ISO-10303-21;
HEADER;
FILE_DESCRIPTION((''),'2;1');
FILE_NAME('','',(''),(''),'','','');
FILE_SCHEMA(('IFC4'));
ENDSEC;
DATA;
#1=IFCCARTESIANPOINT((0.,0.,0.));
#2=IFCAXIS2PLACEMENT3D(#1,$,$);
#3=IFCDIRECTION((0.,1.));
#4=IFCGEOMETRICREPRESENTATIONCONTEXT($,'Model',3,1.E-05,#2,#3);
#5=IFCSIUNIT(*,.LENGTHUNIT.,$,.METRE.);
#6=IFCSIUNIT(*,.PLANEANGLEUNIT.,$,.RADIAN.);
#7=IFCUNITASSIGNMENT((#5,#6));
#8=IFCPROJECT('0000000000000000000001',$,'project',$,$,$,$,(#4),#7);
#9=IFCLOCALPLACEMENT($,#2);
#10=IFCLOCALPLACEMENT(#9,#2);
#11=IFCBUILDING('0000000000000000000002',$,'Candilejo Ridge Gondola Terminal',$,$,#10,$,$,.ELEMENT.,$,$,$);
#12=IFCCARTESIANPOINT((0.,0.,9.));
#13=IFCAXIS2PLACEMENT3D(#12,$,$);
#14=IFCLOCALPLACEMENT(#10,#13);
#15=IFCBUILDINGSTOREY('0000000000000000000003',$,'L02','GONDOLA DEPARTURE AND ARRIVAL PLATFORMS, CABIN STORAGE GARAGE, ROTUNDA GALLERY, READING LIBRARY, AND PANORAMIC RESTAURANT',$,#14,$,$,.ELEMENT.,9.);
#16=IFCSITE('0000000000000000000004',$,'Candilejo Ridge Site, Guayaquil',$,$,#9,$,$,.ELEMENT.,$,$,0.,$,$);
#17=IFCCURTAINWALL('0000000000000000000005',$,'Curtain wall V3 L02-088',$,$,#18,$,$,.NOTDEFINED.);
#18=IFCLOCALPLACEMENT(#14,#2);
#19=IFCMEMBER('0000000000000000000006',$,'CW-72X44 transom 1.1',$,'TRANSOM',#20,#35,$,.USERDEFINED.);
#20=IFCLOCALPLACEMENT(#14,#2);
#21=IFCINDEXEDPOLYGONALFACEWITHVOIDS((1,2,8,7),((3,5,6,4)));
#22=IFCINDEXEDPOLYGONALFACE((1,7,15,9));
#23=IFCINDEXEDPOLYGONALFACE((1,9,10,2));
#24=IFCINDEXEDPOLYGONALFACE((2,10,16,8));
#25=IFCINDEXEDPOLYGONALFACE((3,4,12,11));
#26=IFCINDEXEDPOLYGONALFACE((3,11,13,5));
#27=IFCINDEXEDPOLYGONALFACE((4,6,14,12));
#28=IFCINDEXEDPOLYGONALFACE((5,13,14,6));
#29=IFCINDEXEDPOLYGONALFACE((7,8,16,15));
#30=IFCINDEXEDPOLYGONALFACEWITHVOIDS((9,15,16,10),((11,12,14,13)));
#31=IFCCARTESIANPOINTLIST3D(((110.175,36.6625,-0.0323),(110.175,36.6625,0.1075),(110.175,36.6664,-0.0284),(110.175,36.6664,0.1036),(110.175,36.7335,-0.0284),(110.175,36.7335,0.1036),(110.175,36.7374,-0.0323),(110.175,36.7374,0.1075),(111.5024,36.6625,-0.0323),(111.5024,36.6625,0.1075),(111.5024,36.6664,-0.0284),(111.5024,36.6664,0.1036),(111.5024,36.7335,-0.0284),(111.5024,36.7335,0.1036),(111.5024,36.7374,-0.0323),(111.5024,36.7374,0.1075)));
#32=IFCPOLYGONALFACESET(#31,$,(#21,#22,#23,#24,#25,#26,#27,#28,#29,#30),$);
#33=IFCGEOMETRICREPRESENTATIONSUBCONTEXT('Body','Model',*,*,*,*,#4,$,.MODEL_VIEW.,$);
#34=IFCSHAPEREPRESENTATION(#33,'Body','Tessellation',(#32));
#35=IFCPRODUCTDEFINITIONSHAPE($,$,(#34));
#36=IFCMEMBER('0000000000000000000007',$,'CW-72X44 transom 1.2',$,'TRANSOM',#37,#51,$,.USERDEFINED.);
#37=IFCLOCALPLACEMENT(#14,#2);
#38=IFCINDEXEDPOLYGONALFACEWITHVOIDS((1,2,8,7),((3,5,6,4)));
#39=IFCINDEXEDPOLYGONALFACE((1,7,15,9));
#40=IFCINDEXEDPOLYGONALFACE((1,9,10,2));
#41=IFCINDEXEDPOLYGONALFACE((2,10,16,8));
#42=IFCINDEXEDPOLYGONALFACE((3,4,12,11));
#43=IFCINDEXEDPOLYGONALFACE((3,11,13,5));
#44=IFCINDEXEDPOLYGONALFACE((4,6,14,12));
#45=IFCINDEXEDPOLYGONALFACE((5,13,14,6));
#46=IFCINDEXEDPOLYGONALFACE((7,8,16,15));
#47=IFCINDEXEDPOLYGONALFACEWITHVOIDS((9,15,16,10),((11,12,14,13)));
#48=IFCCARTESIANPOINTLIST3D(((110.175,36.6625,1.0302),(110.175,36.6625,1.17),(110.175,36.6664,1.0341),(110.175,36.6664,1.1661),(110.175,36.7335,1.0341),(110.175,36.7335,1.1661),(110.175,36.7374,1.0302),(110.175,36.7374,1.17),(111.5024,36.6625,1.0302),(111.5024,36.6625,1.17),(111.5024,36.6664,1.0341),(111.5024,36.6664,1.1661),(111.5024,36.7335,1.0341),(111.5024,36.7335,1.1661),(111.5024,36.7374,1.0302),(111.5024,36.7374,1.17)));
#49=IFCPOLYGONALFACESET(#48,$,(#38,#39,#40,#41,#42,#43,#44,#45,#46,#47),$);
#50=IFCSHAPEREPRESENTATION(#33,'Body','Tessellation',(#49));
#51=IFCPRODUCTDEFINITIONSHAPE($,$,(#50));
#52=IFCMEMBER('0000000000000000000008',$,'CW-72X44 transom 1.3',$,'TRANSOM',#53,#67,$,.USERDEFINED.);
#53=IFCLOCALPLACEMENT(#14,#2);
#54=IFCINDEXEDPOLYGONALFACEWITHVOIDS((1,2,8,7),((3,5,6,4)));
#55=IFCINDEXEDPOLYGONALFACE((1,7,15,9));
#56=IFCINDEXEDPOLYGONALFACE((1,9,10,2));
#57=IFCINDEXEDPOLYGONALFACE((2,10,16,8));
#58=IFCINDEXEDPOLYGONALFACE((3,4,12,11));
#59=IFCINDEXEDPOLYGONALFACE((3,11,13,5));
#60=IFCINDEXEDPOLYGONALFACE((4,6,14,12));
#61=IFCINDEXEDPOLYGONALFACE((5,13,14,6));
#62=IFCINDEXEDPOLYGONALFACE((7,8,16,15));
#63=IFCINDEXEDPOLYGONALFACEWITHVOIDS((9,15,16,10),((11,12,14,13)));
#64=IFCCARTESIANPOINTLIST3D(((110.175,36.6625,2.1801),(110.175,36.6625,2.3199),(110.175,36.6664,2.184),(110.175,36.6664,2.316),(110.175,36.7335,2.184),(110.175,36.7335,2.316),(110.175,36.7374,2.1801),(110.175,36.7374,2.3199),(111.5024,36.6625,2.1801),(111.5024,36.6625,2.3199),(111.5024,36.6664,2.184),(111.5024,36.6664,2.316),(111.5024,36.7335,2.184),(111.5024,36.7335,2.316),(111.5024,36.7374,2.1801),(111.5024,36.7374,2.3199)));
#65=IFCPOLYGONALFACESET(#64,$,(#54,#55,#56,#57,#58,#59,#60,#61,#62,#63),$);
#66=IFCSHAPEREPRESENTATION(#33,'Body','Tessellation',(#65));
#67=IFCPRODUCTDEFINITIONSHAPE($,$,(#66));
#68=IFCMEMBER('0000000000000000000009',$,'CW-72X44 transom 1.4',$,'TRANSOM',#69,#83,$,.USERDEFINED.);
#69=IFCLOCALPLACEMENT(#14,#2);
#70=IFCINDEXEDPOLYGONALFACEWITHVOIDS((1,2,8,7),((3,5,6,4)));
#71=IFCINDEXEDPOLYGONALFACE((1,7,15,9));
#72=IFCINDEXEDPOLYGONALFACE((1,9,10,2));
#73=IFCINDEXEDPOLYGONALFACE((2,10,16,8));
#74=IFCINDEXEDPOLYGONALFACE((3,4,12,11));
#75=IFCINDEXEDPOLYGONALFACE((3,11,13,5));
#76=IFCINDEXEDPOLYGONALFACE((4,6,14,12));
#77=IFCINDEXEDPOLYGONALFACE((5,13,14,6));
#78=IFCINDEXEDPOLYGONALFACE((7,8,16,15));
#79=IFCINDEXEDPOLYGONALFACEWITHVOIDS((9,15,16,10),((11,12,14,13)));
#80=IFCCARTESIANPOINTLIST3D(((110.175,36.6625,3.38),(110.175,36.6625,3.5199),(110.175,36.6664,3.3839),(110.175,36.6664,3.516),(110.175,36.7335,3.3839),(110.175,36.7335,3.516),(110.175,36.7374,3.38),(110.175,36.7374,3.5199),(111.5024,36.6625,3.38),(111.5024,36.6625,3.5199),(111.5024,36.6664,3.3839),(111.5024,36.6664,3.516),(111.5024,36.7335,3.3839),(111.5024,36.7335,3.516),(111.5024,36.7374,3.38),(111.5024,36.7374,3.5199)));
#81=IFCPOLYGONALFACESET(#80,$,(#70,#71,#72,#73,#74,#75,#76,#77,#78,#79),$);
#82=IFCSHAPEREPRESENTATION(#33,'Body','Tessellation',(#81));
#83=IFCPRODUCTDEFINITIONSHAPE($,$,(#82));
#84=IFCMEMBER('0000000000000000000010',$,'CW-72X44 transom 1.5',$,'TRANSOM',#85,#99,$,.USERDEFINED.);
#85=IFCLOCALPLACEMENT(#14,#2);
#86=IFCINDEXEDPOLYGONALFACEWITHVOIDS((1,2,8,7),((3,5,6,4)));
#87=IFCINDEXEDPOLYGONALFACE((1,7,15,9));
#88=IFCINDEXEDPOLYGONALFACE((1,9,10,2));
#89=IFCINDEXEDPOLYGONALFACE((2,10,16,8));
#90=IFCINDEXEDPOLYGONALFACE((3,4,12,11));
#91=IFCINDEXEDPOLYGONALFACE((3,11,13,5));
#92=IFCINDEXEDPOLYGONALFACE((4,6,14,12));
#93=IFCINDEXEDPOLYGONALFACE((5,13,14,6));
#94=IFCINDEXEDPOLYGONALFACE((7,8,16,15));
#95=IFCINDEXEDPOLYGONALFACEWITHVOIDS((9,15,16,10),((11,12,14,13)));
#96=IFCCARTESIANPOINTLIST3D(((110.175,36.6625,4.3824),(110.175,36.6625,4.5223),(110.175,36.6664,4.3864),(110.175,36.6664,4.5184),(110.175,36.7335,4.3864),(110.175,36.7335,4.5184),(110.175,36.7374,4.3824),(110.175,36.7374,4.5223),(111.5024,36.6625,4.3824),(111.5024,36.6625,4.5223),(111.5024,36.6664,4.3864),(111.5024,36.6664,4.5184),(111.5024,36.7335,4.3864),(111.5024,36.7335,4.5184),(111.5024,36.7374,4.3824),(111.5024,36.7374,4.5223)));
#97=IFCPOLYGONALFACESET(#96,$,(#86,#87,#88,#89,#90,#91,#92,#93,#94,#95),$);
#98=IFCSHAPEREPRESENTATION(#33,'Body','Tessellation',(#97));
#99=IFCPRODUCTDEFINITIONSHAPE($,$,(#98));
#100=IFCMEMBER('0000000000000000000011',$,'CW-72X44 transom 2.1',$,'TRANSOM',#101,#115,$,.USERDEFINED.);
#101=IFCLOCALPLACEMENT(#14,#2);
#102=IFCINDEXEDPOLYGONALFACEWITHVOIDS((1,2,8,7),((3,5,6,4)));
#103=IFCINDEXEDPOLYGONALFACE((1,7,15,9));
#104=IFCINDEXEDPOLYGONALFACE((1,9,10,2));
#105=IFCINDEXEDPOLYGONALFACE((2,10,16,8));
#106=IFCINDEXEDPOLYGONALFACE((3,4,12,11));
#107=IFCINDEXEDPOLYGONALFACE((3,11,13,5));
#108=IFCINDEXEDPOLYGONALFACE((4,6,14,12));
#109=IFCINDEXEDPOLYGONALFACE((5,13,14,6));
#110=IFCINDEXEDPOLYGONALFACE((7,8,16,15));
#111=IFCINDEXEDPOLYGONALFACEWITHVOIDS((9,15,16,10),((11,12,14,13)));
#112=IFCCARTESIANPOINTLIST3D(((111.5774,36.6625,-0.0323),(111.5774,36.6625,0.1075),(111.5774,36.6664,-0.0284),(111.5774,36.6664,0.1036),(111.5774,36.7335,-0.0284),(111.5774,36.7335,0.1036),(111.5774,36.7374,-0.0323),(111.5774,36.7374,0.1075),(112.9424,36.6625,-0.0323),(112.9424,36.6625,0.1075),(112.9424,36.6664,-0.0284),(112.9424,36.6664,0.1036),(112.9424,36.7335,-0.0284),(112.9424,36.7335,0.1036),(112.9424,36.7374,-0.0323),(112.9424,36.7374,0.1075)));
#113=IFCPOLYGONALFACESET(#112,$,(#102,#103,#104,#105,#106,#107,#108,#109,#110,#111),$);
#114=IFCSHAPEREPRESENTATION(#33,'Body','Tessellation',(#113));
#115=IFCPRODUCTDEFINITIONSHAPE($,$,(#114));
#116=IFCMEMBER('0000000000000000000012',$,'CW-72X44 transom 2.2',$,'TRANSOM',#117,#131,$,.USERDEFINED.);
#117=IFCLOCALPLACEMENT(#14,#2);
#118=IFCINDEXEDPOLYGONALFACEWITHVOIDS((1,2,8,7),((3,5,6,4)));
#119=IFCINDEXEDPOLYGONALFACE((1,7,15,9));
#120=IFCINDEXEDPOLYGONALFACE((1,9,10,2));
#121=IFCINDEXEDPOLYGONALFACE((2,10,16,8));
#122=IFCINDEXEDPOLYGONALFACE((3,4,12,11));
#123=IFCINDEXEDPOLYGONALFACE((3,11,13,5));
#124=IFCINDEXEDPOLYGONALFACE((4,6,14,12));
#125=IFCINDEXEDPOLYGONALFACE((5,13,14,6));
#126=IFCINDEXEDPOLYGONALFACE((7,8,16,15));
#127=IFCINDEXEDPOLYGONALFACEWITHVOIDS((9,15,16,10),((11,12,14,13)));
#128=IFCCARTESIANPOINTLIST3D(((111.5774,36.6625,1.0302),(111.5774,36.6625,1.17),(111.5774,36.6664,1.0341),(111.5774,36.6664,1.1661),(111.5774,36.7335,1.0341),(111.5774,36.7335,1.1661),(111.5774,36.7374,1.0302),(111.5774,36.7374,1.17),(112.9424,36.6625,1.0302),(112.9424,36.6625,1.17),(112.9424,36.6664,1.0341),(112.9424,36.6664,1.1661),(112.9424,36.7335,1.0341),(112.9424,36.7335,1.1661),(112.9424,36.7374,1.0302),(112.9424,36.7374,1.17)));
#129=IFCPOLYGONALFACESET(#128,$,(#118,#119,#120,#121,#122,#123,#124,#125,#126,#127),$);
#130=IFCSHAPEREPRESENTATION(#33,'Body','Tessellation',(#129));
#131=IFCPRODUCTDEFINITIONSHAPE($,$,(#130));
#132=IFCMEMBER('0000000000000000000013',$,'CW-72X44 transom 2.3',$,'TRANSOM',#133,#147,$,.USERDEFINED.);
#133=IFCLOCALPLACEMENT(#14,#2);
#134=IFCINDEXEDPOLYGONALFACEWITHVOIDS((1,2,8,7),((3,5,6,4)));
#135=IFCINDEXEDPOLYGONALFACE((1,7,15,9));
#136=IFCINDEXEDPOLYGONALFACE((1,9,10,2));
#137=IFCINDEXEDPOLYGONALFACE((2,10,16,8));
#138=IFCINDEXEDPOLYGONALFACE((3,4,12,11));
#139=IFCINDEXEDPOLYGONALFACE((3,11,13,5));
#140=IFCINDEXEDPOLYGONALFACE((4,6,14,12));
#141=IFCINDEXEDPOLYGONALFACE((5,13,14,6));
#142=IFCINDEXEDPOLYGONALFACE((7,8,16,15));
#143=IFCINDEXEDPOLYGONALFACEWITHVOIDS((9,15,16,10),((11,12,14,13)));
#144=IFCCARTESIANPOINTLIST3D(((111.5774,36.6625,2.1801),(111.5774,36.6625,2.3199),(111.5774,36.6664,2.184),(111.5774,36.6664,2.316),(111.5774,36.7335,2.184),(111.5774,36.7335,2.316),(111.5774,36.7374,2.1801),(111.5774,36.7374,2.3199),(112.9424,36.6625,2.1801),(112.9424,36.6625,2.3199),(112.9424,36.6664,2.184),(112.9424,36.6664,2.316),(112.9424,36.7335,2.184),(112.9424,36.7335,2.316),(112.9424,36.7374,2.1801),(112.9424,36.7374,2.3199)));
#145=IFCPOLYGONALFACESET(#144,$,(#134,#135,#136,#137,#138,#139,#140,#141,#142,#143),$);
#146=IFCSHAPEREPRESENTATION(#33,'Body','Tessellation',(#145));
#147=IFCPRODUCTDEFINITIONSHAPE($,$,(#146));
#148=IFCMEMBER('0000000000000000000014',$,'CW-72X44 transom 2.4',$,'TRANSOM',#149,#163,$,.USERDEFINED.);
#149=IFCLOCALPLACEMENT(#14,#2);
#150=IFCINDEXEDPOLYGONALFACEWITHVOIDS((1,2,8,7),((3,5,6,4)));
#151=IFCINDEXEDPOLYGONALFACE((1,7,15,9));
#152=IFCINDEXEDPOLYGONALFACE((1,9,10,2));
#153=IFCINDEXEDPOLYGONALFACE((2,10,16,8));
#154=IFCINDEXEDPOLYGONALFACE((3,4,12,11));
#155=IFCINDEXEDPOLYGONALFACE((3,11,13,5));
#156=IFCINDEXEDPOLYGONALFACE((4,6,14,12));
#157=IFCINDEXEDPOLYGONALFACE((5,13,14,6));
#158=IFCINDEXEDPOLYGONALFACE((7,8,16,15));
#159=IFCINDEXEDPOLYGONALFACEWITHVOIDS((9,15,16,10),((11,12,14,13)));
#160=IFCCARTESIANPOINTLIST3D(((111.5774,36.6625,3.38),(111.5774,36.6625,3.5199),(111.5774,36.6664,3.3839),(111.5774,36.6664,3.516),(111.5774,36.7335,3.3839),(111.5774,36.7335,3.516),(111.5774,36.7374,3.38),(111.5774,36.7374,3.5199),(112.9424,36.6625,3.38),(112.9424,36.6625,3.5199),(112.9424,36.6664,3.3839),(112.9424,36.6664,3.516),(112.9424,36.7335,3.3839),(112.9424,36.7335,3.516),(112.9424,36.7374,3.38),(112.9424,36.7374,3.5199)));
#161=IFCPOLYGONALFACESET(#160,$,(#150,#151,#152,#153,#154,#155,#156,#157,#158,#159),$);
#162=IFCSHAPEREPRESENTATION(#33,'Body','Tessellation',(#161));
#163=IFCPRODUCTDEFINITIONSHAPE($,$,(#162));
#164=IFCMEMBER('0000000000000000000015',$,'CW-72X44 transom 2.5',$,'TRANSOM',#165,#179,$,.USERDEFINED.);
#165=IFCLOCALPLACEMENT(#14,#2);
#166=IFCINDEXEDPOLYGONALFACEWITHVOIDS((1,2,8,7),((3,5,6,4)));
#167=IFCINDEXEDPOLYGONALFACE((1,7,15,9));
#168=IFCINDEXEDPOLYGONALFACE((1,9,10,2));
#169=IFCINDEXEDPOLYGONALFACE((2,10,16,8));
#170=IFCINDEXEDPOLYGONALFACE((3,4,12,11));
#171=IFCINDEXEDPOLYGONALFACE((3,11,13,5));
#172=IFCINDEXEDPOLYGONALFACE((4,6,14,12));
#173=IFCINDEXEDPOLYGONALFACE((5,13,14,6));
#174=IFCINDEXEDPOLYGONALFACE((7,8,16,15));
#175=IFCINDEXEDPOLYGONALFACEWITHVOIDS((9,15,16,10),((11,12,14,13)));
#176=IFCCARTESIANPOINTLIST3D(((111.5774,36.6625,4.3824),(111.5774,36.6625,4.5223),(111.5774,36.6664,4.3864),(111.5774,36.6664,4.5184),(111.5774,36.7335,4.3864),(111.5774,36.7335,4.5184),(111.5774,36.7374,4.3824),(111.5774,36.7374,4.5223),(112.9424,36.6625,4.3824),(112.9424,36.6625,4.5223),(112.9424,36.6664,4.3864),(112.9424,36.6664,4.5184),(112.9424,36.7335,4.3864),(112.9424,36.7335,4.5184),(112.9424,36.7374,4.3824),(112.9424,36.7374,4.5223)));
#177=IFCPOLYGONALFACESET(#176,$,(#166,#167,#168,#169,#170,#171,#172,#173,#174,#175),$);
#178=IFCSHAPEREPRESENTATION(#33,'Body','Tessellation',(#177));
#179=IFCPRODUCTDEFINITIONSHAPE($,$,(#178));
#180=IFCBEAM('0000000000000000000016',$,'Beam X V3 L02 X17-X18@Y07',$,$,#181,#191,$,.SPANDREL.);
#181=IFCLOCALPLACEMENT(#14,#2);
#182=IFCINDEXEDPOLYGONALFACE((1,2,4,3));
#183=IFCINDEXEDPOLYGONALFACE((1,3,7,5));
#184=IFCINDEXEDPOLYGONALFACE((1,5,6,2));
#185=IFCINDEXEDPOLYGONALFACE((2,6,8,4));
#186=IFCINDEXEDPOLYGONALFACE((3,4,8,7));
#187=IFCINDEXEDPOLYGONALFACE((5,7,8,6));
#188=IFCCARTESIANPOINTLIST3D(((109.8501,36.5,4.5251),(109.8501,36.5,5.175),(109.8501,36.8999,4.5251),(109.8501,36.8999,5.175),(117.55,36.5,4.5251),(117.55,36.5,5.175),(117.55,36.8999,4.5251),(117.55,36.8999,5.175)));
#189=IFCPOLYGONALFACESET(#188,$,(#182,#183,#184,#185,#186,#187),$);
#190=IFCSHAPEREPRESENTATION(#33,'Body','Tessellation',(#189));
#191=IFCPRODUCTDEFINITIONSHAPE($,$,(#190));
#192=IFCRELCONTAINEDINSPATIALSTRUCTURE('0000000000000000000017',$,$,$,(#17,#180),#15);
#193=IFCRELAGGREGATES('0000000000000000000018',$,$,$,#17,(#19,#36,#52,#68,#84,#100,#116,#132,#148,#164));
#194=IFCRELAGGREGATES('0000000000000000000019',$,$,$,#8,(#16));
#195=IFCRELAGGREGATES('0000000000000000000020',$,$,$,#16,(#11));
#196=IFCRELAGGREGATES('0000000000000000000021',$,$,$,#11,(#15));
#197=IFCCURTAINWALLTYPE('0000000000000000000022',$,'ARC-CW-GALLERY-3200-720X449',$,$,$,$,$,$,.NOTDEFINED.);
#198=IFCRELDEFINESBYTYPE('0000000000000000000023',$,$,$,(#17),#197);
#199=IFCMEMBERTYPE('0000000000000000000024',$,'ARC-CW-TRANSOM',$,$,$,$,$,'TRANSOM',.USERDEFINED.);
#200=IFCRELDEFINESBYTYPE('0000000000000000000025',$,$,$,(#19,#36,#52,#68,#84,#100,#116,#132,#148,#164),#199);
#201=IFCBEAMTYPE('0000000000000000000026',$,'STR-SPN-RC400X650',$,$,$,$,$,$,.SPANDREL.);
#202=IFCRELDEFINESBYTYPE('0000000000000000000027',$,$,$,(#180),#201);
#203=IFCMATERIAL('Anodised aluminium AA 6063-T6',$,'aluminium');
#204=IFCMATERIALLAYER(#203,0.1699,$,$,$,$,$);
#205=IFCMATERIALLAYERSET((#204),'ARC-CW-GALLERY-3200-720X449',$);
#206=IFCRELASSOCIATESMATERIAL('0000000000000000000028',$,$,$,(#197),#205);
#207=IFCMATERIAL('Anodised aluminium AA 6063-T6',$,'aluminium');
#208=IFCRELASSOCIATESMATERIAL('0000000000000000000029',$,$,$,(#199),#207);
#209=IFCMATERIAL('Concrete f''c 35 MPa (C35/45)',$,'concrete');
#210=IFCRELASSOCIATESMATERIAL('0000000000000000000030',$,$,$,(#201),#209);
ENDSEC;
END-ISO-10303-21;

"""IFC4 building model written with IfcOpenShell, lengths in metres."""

from ifc_helpers import new_model, si_unit, direction, frame, origin, origin_2d, place, context, subcontext, project, spatial, rectangle, hollow_rectangle, extrude, material, layer, layer_set, material_profile, profile_set, type_object, element, aggregate, save


model = new_model("IFC4")

# Units and contexts
model_context = context("Model", 3, precision=1e-05, world=origin(), true_north=direction((0.0, 1.0)))
body_context = subcontext(model_context, "Body", "Model", "MODEL_VIEW")
ifc_project = project(units=[si_unit("LENGTHUNIT", "METRE"), si_unit("PLANEANGLEUNIT", "RADIAN")], contexts=[model_context])

# Site, building, storey
site_placement = place(None, origin())
site = spatial("IfcSite", under=ifc_project, at=site_placement, Name="Candilejo Ridge Site, Guayaquil", CompositionType="ELEMENT", RefElevation=0.0)
building_placement = place(site_placement, origin())
building = spatial("IfcBuilding", under=site, at=building_placement, Name="Candilejo Ridge Gondola Terminal", CompositionType="ELEMENT")
storey_placement = place(building_placement, frame((0.0, 0.0, 9.0)))
storey = spatial("IfcBuildingStorey", under=building, at=storey_placement, Name="L02", Description="GONDOLA DEPARTURE AND ARRIVAL PLATFORMS, CABIN STORAGE GARAGE, ROTUNDA GALLERY, READING LIBRARY, AND PANORAMIC RESTAURANT", CompositionType="ELEMENT", Elevation=9.0)

# Curtain wall
ifc_material_1 = material(Name="Anodised aluminium AA 6063-T6", Category="aluminium")
ifc_layer_1 = layer(ifc_material_1, 0.1699)
ifc_layer_set_1 = layer_set([ifc_layer_1], Name="ARC-CW-GALLERY-3200-720X449")
curtain_wall_type_1 = type_object("IfcCurtainWallType", Name="ARC-CW-GALLERY-3200-720X449", PredefinedType="NOTDEFINED", material=ifc_layer_set_1)
curtain_wall_1_placement = place(storey_placement, origin())
curtain_wall_1 = element("IfcCurtainWall", 1, at=curtain_wall_1_placement, inside=storey, type_object=curtain_wall_type_1, Name="Curtain wall V3 L02-088", PredefinedType="NOTDEFINED")

# Members
ifc_material_2 = material(Name="Anodised aluminium AA 6063-T6", Category="aluminium")
ifc_material_profile_1 = material_profile(ifc_material_2, hollow_rectangle(XDim=0.075, YDim=0.1399, WallThickness=0.0039, at=origin_2d()))
ifc_profile_set_1 = profile_set([ifc_material_profile_1], Name="Anodised aluminium AA 6063-T6")
member_type_1 = type_object("IfcMemberType", Name="ARC-CW-TRANSOM", ElementType="TRANSOM", PredefinedType="USERDEFINED", material=ifc_profile_set_1)
member_1_placement = place(storey_placement, frame((110.175, 36.7, 0.0376), z_axis=(1.0, 0.0, 0.0), x_axis=(0.0, 1.0, 0.0)))
member_1 = element("IfcMember", 2, at=member_1_placement, type_object=member_type_1, Name="CW-72X44 transom 1.1", ObjectType="TRANSOM", PredefinedType="USERDEFINED", context=body_context, shape_type="SweptSolid", body=[
    extrude(hollow_rectangle(XDim=0.075, YDim=0.1399, WallThickness=0.0039, at=origin_2d()), origin(), (0.0, 0.0, 1.0), 1.3274),
])
member_2_placement = place(storey_placement, frame((110.175, 36.7, 1.1001), z_axis=(1.0, 0.0, 0.0), x_axis=(0.0, 1.0, 0.0)))
member_2 = element("IfcMember", 3, at=member_2_placement, type_object=member_type_1, Name="CW-72X44 transom 1.2", ObjectType="TRANSOM", PredefinedType="USERDEFINED", context=body_context, shape_type="SweptSolid", body=[
    extrude(hollow_rectangle(XDim=0.075, YDim=0.1399, WallThickness=0.0039, at=origin_2d()), origin(), (0.0, 0.0, 1.0), 1.3274),
])
member_3_placement = place(storey_placement, frame((110.175, 36.7, 2.25), z_axis=(1.0, 0.0, 0.0), x_axis=(0.0, 1.0, 0.0)))
member_3 = element("IfcMember", 4, at=member_3_placement, type_object=member_type_1, Name="CW-72X44 transom 1.3", ObjectType="TRANSOM", PredefinedType="USERDEFINED", context=body_context, shape_type="SweptSolid", body=[
    extrude(hollow_rectangle(XDim=0.075, YDim=0.1399, WallThickness=0.0039, at=origin_2d()), origin(), (0.0, 0.0, 1.0), 1.3274),
])
member_4_placement = place(storey_placement, frame((110.175, 36.7, 3.45), z_axis=(1.0, 0.0, 0.0), x_axis=(0.0, 1.0, 0.0)))
member_4 = element("IfcMember", 5, at=member_4_placement, type_object=member_type_1, Name="CW-72X44 transom 1.4", ObjectType="TRANSOM", PredefinedType="USERDEFINED", context=body_context, shape_type="SweptSolid", body=[
    extrude(hollow_rectangle(XDim=0.075, YDim=0.1399, WallThickness=0.0039, at=origin_2d()), origin(), (0.0, 0.0, 1.0), 1.3274),
])
member_5_placement = place(storey_placement, frame((110.175, 36.7, 4.4524), z_axis=(1.0, 0.0, 0.0), x_axis=(0.0, 1.0, 0.0)))
member_5 = element("IfcMember", 6, at=member_5_placement, type_object=member_type_1, Name="CW-72X44 transom 1.5", ObjectType="TRANSOM", PredefinedType="USERDEFINED", context=body_context, shape_type="SweptSolid", body=[
    extrude(hollow_rectangle(XDim=0.075, YDim=0.1399, WallThickness=0.0039, at=origin_2d()), origin(), (0.0, 0.0, 1.0), 1.3274),
])
member_6_placement = place(storey_placement, frame((111.5774, 36.7, 0.0376), z_axis=(1.0, 0.0, 0.0), x_axis=(0.0, 1.0, 0.0)))
member_6 = element("IfcMember", 7, at=member_6_placement, type_object=member_type_1, Name="CW-72X44 transom 2.1", ObjectType="TRANSOM", PredefinedType="USERDEFINED", context=body_context, shape_type="SweptSolid", body=[
    extrude(hollow_rectangle(XDim=0.075, YDim=0.1399, WallThickness=0.0039, at=origin_2d()), origin(), (0.0, 0.0, 1.0), 1.365),
])
member_7_placement = place(storey_placement, frame((111.5774, 36.7, 1.1001), z_axis=(1.0, 0.0, 0.0), x_axis=(0.0, 1.0, 0.0)))
member_7 = element("IfcMember", 8, at=member_7_placement, type_object=member_type_1, Name="CW-72X44 transom 2.2", ObjectType="TRANSOM", PredefinedType="USERDEFINED", context=body_context, shape_type="SweptSolid", body=[
    extrude(hollow_rectangle(XDim=0.075, YDim=0.1399, WallThickness=0.0039, at=origin_2d()), origin(), (0.0, 0.0, 1.0), 1.365),
])
member_8_placement = place(storey_placement, frame((111.5774, 36.7, 2.25), z_axis=(1.0, 0.0, 0.0), x_axis=(0.0, 1.0, 0.0)))
member_8 = element("IfcMember", 9, at=member_8_placement, type_object=member_type_1, Name="CW-72X44 transom 2.3", ObjectType="TRANSOM", PredefinedType="USERDEFINED", context=body_context, shape_type="SweptSolid", body=[
    extrude(hollow_rectangle(XDim=0.075, YDim=0.1399, WallThickness=0.0039, at=origin_2d()), origin(), (0.0, 0.0, 1.0), 1.365),
])
member_9_placement = place(storey_placement, frame((111.5774, 36.7, 3.45), z_axis=(1.0, 0.0, 0.0), x_axis=(0.0, 1.0, 0.0)))
member_9 = element("IfcMember", 10, at=member_9_placement, type_object=member_type_1, Name="CW-72X44 transom 2.4", ObjectType="TRANSOM", PredefinedType="USERDEFINED", context=body_context, shape_type="SweptSolid", body=[
    extrude(hollow_rectangle(XDim=0.075, YDim=0.1399, WallThickness=0.0039, at=origin_2d()), origin(), (0.0, 0.0, 1.0), 1.365),
])
member_10_placement = place(storey_placement, frame((111.5774, 36.7, 4.4524), z_axis=(1.0, 0.0, 0.0), x_axis=(0.0, 1.0, 0.0)))
member_10 = element("IfcMember", 11, at=member_10_placement, type_object=member_type_1, Name="CW-72X44 transom 2.5", ObjectType="TRANSOM", PredefinedType="USERDEFINED", context=body_context, shape_type="SweptSolid", body=[
    extrude(hollow_rectangle(XDim=0.075, YDim=0.1399, WallThickness=0.0039, at=origin_2d()), origin(), (0.0, 0.0, 1.0), 1.365),
])

# Beam
ifc_material_3 = material(Name="Concrete f'c 35 MPa (C35/45)", Category="concrete")
ifc_material_profile_2 = material_profile(ifc_material_3, rectangle(XDim=0.3999, YDim=0.6499, at=origin_2d()))
ifc_profile_set_2 = profile_set([ifc_material_profile_2], Name="Concrete f'c 35 MPa (C35/45)")
beam_type = type_object("IfcBeamType", Name="STR-SPN-RC400X650", PredefinedType="SPANDREL", material=ifc_profile_set_2)
beam_placement = place(storey_placement, frame((109.8501, 36.7, 4.8501), z_axis=(1.0, 0.0, 0.0), x_axis=(0.0, 1.0, 0.0)))
element("IfcBeam", 12, at=beam_placement, inside=storey, type_object=beam_type, Name="Beam X V3 L02 X17-X18@Y07", PredefinedType="SPANDREL", context=body_context, shape_type="SweptSolid", body=[
    extrude(rectangle(XDim=0.3999, YDim=0.6499, at=origin_2d()), origin(), (0.0, 0.0, 1.0), 7.7),
])

aggregate(curtain_wall_1, [member_1, member_2, member_3, member_4, member_5, member_6, member_7, member_8, member_9, member_10])

save(model, "model.ifc")
